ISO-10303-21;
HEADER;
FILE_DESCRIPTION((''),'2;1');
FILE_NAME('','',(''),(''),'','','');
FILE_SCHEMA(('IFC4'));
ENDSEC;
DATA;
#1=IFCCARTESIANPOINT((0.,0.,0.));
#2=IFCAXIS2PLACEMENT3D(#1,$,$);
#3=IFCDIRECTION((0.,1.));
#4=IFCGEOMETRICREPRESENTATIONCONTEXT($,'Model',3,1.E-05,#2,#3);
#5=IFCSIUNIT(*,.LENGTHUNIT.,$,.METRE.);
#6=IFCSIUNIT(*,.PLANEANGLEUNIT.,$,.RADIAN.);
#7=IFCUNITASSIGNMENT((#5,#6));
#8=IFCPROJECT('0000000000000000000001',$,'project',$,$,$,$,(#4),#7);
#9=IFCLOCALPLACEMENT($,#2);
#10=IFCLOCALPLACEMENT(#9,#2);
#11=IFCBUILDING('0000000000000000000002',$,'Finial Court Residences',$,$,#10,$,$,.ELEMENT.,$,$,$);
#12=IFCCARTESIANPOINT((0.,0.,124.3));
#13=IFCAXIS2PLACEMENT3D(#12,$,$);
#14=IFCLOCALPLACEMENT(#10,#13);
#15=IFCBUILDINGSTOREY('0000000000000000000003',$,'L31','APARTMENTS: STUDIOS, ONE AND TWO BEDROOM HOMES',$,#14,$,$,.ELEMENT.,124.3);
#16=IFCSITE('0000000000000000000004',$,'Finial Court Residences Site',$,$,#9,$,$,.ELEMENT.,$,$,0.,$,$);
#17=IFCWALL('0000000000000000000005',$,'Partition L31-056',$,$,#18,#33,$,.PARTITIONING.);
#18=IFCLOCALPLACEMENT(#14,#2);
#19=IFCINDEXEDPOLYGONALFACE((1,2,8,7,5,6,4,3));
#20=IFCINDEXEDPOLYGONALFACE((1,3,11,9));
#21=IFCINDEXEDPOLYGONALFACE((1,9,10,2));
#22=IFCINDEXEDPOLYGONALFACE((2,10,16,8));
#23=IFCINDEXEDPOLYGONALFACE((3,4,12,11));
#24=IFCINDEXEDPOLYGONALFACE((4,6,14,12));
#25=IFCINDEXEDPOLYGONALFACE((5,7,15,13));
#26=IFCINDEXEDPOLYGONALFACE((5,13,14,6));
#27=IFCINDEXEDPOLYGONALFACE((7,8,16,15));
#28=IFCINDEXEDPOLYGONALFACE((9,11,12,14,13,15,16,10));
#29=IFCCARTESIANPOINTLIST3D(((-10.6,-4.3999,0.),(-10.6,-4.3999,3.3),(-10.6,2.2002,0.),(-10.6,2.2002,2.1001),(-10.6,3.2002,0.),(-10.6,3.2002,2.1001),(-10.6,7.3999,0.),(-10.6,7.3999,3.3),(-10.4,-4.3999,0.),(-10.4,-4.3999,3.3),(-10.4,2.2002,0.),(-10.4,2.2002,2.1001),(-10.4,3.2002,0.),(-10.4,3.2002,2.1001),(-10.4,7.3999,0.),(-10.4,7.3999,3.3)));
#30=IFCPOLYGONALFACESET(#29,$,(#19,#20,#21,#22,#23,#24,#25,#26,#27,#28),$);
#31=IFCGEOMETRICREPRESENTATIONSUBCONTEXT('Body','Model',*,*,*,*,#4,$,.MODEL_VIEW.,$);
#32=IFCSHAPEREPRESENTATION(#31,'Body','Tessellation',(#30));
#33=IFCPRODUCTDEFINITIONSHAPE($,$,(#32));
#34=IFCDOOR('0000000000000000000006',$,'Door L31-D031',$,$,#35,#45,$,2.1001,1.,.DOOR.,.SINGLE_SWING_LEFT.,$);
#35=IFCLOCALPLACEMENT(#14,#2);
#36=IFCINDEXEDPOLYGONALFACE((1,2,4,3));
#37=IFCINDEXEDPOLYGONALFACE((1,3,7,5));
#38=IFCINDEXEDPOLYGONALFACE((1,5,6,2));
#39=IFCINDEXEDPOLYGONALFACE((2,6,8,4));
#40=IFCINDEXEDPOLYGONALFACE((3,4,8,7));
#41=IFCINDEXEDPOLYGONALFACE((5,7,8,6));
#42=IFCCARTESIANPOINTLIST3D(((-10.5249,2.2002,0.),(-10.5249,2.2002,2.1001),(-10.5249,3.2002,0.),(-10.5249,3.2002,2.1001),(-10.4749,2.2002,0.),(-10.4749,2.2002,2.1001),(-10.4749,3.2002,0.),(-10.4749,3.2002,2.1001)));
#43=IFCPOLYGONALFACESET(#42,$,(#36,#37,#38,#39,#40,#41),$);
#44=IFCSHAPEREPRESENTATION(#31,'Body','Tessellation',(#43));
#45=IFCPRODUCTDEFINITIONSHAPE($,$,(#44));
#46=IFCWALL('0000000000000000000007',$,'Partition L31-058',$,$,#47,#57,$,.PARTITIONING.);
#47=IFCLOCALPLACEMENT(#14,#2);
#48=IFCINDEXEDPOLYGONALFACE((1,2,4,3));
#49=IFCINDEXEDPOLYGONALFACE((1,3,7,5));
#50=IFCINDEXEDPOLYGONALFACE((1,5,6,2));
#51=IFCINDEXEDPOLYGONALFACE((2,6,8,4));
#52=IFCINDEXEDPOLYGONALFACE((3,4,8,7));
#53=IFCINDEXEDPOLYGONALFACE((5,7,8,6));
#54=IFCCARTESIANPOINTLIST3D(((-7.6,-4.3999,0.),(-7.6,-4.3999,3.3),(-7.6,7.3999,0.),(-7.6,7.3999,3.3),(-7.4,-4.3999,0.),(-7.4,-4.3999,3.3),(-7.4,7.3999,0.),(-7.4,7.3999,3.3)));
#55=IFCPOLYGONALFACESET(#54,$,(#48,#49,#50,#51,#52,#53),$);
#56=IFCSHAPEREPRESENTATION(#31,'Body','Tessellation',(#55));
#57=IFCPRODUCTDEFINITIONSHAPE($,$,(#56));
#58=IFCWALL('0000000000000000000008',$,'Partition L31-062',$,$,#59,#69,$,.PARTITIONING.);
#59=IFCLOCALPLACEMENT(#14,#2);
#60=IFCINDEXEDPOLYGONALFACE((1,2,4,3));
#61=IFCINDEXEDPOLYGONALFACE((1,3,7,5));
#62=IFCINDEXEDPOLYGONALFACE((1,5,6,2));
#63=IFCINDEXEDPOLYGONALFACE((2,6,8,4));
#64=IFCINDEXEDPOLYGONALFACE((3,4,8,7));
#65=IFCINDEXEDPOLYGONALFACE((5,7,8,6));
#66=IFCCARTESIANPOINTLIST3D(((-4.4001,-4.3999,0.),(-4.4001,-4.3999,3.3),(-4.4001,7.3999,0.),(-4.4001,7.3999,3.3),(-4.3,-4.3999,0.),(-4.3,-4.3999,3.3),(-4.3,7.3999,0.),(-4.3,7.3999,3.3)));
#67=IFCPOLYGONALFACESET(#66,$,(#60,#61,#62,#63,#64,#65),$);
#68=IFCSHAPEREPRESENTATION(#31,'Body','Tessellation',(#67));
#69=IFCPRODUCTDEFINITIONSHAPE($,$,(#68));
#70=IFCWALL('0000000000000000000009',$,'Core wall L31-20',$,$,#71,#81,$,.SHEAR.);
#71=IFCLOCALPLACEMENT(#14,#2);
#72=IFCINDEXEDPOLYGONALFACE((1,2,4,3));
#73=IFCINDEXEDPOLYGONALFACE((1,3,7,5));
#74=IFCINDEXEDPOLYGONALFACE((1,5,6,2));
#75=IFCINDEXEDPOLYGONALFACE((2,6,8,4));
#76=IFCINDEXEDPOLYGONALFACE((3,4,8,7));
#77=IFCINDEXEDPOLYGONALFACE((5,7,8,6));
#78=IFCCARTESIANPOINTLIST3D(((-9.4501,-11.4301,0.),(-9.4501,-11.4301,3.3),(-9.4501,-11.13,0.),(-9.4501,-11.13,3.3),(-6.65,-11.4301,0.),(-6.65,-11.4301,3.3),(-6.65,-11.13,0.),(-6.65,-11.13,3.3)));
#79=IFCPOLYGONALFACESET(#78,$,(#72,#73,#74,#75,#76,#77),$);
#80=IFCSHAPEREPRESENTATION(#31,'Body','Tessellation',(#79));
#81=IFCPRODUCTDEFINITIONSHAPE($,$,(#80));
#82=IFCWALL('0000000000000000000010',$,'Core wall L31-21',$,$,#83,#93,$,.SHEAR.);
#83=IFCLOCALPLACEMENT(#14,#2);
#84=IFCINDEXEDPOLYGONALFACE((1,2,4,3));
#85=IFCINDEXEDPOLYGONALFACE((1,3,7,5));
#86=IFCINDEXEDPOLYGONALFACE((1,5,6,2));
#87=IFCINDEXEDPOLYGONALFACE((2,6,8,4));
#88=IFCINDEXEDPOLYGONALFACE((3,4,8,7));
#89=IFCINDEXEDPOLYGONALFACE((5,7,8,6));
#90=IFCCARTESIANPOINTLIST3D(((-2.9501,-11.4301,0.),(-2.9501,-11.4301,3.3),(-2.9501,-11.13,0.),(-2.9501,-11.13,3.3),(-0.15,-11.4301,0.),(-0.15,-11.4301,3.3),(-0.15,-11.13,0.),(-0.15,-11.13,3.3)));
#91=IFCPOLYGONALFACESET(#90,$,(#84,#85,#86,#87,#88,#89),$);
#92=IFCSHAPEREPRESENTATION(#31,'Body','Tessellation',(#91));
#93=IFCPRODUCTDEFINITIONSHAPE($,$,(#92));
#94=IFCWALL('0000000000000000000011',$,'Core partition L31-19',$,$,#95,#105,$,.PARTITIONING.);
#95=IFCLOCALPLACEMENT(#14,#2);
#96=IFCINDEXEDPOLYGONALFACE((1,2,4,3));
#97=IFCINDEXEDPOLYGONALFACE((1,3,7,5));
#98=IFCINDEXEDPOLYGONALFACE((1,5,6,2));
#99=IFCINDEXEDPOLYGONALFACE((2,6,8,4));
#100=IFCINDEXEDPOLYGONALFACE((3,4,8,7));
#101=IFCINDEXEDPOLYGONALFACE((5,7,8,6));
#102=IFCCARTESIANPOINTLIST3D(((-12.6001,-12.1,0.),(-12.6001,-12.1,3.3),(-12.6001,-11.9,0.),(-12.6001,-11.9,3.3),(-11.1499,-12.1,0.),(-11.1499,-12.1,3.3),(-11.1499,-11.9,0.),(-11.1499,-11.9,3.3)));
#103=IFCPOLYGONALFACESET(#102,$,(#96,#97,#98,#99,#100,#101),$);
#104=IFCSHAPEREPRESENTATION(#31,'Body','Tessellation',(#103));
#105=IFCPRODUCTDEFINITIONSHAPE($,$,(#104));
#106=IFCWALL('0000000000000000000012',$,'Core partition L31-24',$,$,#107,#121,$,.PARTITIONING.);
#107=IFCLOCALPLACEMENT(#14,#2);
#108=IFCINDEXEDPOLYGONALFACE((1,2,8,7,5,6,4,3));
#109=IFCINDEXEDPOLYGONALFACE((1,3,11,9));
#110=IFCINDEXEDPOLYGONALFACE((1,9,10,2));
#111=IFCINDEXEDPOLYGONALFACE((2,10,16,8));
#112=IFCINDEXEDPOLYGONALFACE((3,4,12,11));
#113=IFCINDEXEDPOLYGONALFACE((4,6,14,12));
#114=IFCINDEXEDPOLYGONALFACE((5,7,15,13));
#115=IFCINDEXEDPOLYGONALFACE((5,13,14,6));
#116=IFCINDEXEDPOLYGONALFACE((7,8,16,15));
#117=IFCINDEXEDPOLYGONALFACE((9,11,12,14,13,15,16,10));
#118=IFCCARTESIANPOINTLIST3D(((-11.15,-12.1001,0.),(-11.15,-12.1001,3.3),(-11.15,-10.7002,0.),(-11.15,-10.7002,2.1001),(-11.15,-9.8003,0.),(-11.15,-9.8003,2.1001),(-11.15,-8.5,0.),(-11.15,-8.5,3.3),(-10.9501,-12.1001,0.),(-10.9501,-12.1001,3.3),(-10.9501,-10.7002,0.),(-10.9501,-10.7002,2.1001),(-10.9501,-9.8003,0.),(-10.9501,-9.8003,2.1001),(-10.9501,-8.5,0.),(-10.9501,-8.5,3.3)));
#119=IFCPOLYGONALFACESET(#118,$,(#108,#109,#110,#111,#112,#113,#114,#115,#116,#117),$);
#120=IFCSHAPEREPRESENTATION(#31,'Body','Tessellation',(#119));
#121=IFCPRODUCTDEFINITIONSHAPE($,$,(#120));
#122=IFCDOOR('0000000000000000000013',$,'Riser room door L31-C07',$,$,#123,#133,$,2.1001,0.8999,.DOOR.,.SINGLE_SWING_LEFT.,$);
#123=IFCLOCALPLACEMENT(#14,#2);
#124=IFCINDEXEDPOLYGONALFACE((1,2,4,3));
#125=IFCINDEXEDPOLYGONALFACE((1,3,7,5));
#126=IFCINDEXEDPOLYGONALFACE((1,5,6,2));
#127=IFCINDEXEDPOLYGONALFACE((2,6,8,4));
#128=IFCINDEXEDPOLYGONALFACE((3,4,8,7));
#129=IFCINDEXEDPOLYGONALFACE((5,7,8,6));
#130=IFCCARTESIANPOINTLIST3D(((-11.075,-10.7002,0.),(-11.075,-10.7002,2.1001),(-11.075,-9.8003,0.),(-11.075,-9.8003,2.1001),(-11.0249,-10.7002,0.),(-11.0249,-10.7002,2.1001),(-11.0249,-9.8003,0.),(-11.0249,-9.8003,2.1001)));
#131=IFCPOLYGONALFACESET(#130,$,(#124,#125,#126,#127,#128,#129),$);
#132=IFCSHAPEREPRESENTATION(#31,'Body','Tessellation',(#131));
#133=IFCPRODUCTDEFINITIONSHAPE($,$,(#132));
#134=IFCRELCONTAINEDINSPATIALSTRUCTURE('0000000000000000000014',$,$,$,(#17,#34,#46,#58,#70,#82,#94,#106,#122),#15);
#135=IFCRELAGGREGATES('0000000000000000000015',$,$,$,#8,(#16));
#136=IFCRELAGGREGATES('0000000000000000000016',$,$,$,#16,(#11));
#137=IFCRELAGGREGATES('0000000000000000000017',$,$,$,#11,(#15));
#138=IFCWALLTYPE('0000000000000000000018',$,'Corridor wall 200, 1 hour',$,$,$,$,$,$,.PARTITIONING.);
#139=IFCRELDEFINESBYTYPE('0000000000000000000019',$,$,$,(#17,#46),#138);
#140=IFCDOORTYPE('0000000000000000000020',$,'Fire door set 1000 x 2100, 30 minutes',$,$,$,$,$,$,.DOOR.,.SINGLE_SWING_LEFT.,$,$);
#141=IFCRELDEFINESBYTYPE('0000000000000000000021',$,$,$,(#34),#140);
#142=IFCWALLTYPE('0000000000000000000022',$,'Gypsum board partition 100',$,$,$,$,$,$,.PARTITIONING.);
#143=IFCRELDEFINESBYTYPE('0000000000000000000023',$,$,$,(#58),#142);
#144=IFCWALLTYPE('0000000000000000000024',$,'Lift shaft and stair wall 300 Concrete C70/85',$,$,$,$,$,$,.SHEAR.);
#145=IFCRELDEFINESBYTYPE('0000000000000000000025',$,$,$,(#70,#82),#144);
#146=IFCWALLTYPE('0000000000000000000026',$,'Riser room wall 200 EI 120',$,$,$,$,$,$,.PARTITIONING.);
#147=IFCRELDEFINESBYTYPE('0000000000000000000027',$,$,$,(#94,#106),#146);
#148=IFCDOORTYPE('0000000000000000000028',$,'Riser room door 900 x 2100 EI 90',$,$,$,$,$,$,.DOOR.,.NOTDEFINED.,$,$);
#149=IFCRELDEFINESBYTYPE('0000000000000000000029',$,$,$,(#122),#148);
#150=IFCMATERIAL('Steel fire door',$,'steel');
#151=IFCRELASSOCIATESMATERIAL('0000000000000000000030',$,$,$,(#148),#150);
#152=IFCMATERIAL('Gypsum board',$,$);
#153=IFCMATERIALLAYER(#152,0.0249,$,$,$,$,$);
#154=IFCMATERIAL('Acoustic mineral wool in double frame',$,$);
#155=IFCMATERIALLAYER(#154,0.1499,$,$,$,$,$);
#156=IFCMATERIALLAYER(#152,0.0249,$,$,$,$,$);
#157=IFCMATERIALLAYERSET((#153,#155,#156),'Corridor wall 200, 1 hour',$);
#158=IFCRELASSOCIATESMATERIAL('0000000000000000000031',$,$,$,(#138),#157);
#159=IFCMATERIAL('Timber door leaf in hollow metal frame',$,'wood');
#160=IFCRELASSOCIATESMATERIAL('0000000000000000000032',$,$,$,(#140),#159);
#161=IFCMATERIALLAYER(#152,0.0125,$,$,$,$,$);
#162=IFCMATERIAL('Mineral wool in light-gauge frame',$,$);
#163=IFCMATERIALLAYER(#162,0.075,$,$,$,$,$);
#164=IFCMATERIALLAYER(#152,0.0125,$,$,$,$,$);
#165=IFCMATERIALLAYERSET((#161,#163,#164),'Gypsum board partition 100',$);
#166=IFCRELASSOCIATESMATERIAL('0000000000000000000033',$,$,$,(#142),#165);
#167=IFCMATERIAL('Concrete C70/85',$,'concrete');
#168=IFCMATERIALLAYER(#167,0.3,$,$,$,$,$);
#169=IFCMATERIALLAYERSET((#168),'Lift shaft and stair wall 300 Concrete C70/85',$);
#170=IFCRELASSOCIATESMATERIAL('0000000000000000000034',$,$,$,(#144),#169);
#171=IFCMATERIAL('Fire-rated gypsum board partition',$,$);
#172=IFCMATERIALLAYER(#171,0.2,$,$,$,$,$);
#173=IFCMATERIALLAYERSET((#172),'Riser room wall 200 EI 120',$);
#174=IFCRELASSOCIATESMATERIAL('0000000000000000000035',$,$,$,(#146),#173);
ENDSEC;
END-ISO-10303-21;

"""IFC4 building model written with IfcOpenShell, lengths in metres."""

from ifc_helpers import new_model, si_unit, direction, frame, frame_2d, origin, place, context, subcontext, project, spatial, rectangle, extrude, material, layer, layer_set, type_object, element, fill, save


model = new_model("IFC4")

# Units and contexts
model_context = context("Model", 3, precision=1e-05, world=origin(), true_north=direction((0.0, 1.0)))
body_context = subcontext(model_context, "Body", "Model", "MODEL_VIEW")
ifc_project = project(units=[si_unit("LENGTHUNIT", "METRE"), si_unit("PLANEANGLEUNIT", "RADIAN")], contexts=[model_context])

# Site, building, storey
site_placement = place(None, origin())
site = spatial("IfcSite", under=ifc_project, at=site_placement, Name="Finial Court Residences Site", CompositionType="ELEMENT", RefElevation=0.0)
building_placement = place(site_placement, origin())
building = spatial("IfcBuilding", under=site, at=building_placement, Name="Finial Court Residences", CompositionType="ELEMENT")
storey_placement = place(building_placement, frame((0.0, 0.0, 124.3)))
storey = spatial("IfcBuildingStorey", under=building, at=storey_placement, Name="L31", Description="APARTMENTS: STUDIOS, ONE AND TWO BEDROOM HOMES", CompositionType="ELEMENT", Elevation=124.3)

# Shared definitions
ifc_material_1 = material(Name="Concrete C70/85", Category="concrete")

# Shared definitions
ifc_material_2 = material(Name="Steel fire door", Category="steel")
door_type_1 = type_object("IfcDoorType", Name="Riser room door 900 x 2100 EI 90", OperationType="NOTDEFINED", PredefinedType="DOOR", material=ifc_material_2)
ifc_material_3 = material(Name="Gypsum board")
ifc_layer_1 = layer(ifc_material_3, 0.0249)
ifc_material_4 = material(Name="Acoustic mineral wool in double frame")
ifc_layer_2 = layer(ifc_material_4, 0.1499)
ifc_layer_3 = layer(ifc_material_3, 0.0249)
ifc_layer_set_1 = layer_set([ifc_layer_1, ifc_layer_2, ifc_layer_3], Name="Corridor wall 200, 1 hour")
wall_type_1 = type_object("IfcWallType", Name="Corridor wall 200, 1 hour", PredefinedType="PARTITIONING", material=ifc_layer_set_1)
ifc_material_5 = material(Name="Timber door leaf in hollow metal frame", Category="wood")

# Wall, opening, door
wall_1_placement = place(storey_placement, frame((-10.5, -4.3999, 0.0), z_axis=(0.0, 0.0, 1.0), x_axis=(0.0, 1.0, 0.0)))
wall_1 = element("IfcWall", 1, at=wall_1_placement, inside=storey, type_object=wall_type_1, Name="Partition L31-056", PredefinedType="PARTITIONING", context=body_context, shape_type="SweptSolid", body=[
    extrude(rectangle(XDim=11.7998, YDim=0.2, at=frame_2d((5.8999, 0.0))), origin(), (0.0, 0.0, 1.0), 3.3),
])
opening_1_placement = place(wall_1_placement, frame((6.6001, 0.0, 0.0)))
opening_1 = element("IfcOpeningElement", 2, at=opening_1_placement, cuts=wall_1, PredefinedType="OPENING", context=body_context, shape_type="SweptSolid", body=[
    extrude(rectangle(XDim=1.0, YDim=2.1001, at=frame_2d((0.5, 1.05))), frame((0.0, 0.1099, 0.0), z_axis=(0.0, -1.0, 0.0), x_axis=(1.0, 0.0, 0.0)), (0.0, 0.0, 1.0), 0.22),
])
door_type_2 = type_object("IfcDoorType", Name="Fire door set 1000 x 2100, 30 minutes", OperationType="SINGLE_SWING_LEFT", PredefinedType="DOOR", material=ifc_material_5)
door_1_placement = place(opening_1_placement, origin())
door_1 = element("IfcDoor", 3, at=door_1_placement, inside=storey, type_object=door_type_2, Name="Door L31-D031", OperationType="SINGLE_SWING_LEFT", OverallHeight=2.1001, OverallWidth=1.0, PredefinedType="DOOR", context=body_context, shape_type="SweptSolid", body=[
    extrude(rectangle(XDim=1.0, YDim=2.1001, at=frame_2d((0.5, 1.05))), frame((0.0, 0.0249, 0.0), z_axis=(0.0, -1.0, 0.0), x_axis=(1.0, 0.0, 0.0)), (0.0, 0.0, 1.0), 0.05),
])
fill(opening_1, door_1)

# Walls
wall_2_placement = place(storey_placement, frame((-7.5, -4.3999, 0.0), z_axis=(0.0, 0.0, 1.0), x_axis=(0.0, 1.0, 0.0)))
element("IfcWall", 4, at=wall_2_placement, inside=storey, type_object=wall_type_1, Name="Partition L31-058", PredefinedType="PARTITIONING", context=body_context, shape_type="SweptSolid", body=[
    extrude(rectangle(XDim=11.7998, YDim=0.2, at=frame_2d((5.8999, 0.0))), origin(), (0.0, 0.0, 1.0), 3.3),
])
ifc_layer_4 = layer(ifc_material_3, 0.0125)
ifc_material_6 = material(Name="Mineral wool in light-gauge frame")
ifc_layer_5 = layer(ifc_material_6, 0.075)
ifc_layer_6 = layer(ifc_material_3, 0.0125)
ifc_layer_set_2 = layer_set([ifc_layer_4, ifc_layer_5, ifc_layer_6], Name="Gypsum board partition 100")
wall_type_2 = type_object("IfcWallType", Name="Gypsum board partition 100", PredefinedType="PARTITIONING", material=ifc_layer_set_2)
wall_3_placement = place(storey_placement, frame((-4.3501, -4.3999, 0.0), z_axis=(0.0, 0.0, 1.0), x_axis=(0.0, 1.0, 0.0)))
element("IfcWall", 5, at=wall_3_placement, inside=storey, type_object=wall_type_2, Name="Partition L31-062", PredefinedType="PARTITIONING", context=body_context, shape_type="SweptSolid", body=[
    extrude(rectangle(XDim=11.7998, YDim=0.1001, at=frame_2d((5.8999, 0.0))), origin(), (0.0, 0.0, 1.0), 3.3),
])
ifc_layer_7 = layer(ifc_material_1, 0.3)
ifc_layer_set_3 = layer_set([ifc_layer_7], Name="Lift shaft and stair wall 300 Concrete C70/85")
wall_type_3 = type_object("IfcWallType", Name="Lift shaft and stair wall 300 Concrete C70/85", PredefinedType="SHEAR", material=ifc_layer_set_3)
for number, where, z_axis, x_axis, name in (
    (6, (-9.45, -11.28, 0.0), (0.0, 0.0, 1.0), (1.0, 0.0, 0.0), "Core wall L31-20"),
    (7, (-2.95, -11.28, 0.0), (0.0, 0.0, 1.0), (1.0, 0.0, 0.0), "Core wall L31-21"),
):
    element("IfcWall", number, at=place(storey_placement, frame(where, z_axis=z_axis, x_axis=x_axis)), inside=storey, type_object=wall_type_3, Name=name, PredefinedType="SHEAR", context=body_context, shape_type="SweptSolid", body=[
        extrude(rectangle(XDim=2.8, YDim=0.3, at=frame_2d((1.3999, 0.0))), origin(), (0.0, 0.0, 1.0), 3.3),
    ])
ifc_material_7 = material(Name="Fire-rated gypsum board partition")
ifc_layer_8 = layer(ifc_material_7, 0.2)
ifc_layer_set_4 = layer_set([ifc_layer_8], Name="Riser room wall 200 EI 120")
wall_type_4 = type_object("IfcWallType", Name="Riser room wall 200 EI 120", PredefinedType="PARTITIONING", material=ifc_layer_set_4)
wall_4_placement = place(storey_placement, frame((-12.6001, -12.0, 0.0), z_axis=(0.0, 0.0, 1.0), x_axis=(1.0, 0.0, 0.0)))
element("IfcWall", 8, at=wall_4_placement, inside=storey, type_object=wall_type_4, Name="Core partition L31-19", PredefinedType="PARTITIONING", context=body_context, shape_type="SweptSolid", body=[
    extrude(rectangle(XDim=1.4502, YDim=0.2, at=frame_2d((0.7251, 0.0))), origin(), (0.0, 0.0, 1.0), 3.3),
])

# Wall, opening, door
wall_5_placement = place(storey_placement, frame((-11.05, -12.1001, 0.0), z_axis=(0.0, 0.0, 1.0), x_axis=(0.0, 1.0, 0.0)))
wall_5 = element("IfcWall", 9, at=wall_5_placement, inside=storey, type_object=wall_type_4, Name="Core partition L31-24", PredefinedType="PARTITIONING", context=body_context, shape_type="SweptSolid", body=[
    extrude(rectangle(XDim=3.6001, YDim=0.2, at=frame_2d((1.8, 0.0))), origin(), (0.0, 0.0, 1.0), 3.3),
])
opening_2_placement = place(wall_5_placement, frame((1.3999, 0.0, 0.0)))
opening_2 = element("IfcOpeningElement", 10, at=opening_2_placement, cuts=wall_5, PredefinedType="OPENING", context=body_context, shape_type="SweptSolid", body=[
    extrude(rectangle(XDim=0.8999, YDim=2.1001, at=frame_2d((0.45, 1.05))), frame((0.0, 0.1099, 0.0), z_axis=(0.0, -1.0, 0.0), x_axis=(1.0, 0.0, 0.0)), (0.0, 0.0, 1.0), 0.22),
])
door_2_placement = place(opening_2_placement, origin())
door_2 = element("IfcDoor", 11, at=door_2_placement, inside=storey, type_object=door_type_1, Name="Riser room door L31-C07", OperationType="SINGLE_SWING_LEFT", OverallHeight=2.1001, OverallWidth=0.8999, PredefinedType="DOOR", context=body_context, shape_type="SweptSolid", body=[
    extrude(rectangle(XDim=0.8999, YDim=2.1001, at=frame_2d((0.45, 1.05))), frame((0.0, 0.0249, 0.0), z_axis=(0.0, -1.0, 0.0), x_axis=(1.0, 0.0, 0.0)), (0.0, 0.0, 1.0), 0.05),
])
fill(opening_2, door_2)

save(model, "model.ifc")
